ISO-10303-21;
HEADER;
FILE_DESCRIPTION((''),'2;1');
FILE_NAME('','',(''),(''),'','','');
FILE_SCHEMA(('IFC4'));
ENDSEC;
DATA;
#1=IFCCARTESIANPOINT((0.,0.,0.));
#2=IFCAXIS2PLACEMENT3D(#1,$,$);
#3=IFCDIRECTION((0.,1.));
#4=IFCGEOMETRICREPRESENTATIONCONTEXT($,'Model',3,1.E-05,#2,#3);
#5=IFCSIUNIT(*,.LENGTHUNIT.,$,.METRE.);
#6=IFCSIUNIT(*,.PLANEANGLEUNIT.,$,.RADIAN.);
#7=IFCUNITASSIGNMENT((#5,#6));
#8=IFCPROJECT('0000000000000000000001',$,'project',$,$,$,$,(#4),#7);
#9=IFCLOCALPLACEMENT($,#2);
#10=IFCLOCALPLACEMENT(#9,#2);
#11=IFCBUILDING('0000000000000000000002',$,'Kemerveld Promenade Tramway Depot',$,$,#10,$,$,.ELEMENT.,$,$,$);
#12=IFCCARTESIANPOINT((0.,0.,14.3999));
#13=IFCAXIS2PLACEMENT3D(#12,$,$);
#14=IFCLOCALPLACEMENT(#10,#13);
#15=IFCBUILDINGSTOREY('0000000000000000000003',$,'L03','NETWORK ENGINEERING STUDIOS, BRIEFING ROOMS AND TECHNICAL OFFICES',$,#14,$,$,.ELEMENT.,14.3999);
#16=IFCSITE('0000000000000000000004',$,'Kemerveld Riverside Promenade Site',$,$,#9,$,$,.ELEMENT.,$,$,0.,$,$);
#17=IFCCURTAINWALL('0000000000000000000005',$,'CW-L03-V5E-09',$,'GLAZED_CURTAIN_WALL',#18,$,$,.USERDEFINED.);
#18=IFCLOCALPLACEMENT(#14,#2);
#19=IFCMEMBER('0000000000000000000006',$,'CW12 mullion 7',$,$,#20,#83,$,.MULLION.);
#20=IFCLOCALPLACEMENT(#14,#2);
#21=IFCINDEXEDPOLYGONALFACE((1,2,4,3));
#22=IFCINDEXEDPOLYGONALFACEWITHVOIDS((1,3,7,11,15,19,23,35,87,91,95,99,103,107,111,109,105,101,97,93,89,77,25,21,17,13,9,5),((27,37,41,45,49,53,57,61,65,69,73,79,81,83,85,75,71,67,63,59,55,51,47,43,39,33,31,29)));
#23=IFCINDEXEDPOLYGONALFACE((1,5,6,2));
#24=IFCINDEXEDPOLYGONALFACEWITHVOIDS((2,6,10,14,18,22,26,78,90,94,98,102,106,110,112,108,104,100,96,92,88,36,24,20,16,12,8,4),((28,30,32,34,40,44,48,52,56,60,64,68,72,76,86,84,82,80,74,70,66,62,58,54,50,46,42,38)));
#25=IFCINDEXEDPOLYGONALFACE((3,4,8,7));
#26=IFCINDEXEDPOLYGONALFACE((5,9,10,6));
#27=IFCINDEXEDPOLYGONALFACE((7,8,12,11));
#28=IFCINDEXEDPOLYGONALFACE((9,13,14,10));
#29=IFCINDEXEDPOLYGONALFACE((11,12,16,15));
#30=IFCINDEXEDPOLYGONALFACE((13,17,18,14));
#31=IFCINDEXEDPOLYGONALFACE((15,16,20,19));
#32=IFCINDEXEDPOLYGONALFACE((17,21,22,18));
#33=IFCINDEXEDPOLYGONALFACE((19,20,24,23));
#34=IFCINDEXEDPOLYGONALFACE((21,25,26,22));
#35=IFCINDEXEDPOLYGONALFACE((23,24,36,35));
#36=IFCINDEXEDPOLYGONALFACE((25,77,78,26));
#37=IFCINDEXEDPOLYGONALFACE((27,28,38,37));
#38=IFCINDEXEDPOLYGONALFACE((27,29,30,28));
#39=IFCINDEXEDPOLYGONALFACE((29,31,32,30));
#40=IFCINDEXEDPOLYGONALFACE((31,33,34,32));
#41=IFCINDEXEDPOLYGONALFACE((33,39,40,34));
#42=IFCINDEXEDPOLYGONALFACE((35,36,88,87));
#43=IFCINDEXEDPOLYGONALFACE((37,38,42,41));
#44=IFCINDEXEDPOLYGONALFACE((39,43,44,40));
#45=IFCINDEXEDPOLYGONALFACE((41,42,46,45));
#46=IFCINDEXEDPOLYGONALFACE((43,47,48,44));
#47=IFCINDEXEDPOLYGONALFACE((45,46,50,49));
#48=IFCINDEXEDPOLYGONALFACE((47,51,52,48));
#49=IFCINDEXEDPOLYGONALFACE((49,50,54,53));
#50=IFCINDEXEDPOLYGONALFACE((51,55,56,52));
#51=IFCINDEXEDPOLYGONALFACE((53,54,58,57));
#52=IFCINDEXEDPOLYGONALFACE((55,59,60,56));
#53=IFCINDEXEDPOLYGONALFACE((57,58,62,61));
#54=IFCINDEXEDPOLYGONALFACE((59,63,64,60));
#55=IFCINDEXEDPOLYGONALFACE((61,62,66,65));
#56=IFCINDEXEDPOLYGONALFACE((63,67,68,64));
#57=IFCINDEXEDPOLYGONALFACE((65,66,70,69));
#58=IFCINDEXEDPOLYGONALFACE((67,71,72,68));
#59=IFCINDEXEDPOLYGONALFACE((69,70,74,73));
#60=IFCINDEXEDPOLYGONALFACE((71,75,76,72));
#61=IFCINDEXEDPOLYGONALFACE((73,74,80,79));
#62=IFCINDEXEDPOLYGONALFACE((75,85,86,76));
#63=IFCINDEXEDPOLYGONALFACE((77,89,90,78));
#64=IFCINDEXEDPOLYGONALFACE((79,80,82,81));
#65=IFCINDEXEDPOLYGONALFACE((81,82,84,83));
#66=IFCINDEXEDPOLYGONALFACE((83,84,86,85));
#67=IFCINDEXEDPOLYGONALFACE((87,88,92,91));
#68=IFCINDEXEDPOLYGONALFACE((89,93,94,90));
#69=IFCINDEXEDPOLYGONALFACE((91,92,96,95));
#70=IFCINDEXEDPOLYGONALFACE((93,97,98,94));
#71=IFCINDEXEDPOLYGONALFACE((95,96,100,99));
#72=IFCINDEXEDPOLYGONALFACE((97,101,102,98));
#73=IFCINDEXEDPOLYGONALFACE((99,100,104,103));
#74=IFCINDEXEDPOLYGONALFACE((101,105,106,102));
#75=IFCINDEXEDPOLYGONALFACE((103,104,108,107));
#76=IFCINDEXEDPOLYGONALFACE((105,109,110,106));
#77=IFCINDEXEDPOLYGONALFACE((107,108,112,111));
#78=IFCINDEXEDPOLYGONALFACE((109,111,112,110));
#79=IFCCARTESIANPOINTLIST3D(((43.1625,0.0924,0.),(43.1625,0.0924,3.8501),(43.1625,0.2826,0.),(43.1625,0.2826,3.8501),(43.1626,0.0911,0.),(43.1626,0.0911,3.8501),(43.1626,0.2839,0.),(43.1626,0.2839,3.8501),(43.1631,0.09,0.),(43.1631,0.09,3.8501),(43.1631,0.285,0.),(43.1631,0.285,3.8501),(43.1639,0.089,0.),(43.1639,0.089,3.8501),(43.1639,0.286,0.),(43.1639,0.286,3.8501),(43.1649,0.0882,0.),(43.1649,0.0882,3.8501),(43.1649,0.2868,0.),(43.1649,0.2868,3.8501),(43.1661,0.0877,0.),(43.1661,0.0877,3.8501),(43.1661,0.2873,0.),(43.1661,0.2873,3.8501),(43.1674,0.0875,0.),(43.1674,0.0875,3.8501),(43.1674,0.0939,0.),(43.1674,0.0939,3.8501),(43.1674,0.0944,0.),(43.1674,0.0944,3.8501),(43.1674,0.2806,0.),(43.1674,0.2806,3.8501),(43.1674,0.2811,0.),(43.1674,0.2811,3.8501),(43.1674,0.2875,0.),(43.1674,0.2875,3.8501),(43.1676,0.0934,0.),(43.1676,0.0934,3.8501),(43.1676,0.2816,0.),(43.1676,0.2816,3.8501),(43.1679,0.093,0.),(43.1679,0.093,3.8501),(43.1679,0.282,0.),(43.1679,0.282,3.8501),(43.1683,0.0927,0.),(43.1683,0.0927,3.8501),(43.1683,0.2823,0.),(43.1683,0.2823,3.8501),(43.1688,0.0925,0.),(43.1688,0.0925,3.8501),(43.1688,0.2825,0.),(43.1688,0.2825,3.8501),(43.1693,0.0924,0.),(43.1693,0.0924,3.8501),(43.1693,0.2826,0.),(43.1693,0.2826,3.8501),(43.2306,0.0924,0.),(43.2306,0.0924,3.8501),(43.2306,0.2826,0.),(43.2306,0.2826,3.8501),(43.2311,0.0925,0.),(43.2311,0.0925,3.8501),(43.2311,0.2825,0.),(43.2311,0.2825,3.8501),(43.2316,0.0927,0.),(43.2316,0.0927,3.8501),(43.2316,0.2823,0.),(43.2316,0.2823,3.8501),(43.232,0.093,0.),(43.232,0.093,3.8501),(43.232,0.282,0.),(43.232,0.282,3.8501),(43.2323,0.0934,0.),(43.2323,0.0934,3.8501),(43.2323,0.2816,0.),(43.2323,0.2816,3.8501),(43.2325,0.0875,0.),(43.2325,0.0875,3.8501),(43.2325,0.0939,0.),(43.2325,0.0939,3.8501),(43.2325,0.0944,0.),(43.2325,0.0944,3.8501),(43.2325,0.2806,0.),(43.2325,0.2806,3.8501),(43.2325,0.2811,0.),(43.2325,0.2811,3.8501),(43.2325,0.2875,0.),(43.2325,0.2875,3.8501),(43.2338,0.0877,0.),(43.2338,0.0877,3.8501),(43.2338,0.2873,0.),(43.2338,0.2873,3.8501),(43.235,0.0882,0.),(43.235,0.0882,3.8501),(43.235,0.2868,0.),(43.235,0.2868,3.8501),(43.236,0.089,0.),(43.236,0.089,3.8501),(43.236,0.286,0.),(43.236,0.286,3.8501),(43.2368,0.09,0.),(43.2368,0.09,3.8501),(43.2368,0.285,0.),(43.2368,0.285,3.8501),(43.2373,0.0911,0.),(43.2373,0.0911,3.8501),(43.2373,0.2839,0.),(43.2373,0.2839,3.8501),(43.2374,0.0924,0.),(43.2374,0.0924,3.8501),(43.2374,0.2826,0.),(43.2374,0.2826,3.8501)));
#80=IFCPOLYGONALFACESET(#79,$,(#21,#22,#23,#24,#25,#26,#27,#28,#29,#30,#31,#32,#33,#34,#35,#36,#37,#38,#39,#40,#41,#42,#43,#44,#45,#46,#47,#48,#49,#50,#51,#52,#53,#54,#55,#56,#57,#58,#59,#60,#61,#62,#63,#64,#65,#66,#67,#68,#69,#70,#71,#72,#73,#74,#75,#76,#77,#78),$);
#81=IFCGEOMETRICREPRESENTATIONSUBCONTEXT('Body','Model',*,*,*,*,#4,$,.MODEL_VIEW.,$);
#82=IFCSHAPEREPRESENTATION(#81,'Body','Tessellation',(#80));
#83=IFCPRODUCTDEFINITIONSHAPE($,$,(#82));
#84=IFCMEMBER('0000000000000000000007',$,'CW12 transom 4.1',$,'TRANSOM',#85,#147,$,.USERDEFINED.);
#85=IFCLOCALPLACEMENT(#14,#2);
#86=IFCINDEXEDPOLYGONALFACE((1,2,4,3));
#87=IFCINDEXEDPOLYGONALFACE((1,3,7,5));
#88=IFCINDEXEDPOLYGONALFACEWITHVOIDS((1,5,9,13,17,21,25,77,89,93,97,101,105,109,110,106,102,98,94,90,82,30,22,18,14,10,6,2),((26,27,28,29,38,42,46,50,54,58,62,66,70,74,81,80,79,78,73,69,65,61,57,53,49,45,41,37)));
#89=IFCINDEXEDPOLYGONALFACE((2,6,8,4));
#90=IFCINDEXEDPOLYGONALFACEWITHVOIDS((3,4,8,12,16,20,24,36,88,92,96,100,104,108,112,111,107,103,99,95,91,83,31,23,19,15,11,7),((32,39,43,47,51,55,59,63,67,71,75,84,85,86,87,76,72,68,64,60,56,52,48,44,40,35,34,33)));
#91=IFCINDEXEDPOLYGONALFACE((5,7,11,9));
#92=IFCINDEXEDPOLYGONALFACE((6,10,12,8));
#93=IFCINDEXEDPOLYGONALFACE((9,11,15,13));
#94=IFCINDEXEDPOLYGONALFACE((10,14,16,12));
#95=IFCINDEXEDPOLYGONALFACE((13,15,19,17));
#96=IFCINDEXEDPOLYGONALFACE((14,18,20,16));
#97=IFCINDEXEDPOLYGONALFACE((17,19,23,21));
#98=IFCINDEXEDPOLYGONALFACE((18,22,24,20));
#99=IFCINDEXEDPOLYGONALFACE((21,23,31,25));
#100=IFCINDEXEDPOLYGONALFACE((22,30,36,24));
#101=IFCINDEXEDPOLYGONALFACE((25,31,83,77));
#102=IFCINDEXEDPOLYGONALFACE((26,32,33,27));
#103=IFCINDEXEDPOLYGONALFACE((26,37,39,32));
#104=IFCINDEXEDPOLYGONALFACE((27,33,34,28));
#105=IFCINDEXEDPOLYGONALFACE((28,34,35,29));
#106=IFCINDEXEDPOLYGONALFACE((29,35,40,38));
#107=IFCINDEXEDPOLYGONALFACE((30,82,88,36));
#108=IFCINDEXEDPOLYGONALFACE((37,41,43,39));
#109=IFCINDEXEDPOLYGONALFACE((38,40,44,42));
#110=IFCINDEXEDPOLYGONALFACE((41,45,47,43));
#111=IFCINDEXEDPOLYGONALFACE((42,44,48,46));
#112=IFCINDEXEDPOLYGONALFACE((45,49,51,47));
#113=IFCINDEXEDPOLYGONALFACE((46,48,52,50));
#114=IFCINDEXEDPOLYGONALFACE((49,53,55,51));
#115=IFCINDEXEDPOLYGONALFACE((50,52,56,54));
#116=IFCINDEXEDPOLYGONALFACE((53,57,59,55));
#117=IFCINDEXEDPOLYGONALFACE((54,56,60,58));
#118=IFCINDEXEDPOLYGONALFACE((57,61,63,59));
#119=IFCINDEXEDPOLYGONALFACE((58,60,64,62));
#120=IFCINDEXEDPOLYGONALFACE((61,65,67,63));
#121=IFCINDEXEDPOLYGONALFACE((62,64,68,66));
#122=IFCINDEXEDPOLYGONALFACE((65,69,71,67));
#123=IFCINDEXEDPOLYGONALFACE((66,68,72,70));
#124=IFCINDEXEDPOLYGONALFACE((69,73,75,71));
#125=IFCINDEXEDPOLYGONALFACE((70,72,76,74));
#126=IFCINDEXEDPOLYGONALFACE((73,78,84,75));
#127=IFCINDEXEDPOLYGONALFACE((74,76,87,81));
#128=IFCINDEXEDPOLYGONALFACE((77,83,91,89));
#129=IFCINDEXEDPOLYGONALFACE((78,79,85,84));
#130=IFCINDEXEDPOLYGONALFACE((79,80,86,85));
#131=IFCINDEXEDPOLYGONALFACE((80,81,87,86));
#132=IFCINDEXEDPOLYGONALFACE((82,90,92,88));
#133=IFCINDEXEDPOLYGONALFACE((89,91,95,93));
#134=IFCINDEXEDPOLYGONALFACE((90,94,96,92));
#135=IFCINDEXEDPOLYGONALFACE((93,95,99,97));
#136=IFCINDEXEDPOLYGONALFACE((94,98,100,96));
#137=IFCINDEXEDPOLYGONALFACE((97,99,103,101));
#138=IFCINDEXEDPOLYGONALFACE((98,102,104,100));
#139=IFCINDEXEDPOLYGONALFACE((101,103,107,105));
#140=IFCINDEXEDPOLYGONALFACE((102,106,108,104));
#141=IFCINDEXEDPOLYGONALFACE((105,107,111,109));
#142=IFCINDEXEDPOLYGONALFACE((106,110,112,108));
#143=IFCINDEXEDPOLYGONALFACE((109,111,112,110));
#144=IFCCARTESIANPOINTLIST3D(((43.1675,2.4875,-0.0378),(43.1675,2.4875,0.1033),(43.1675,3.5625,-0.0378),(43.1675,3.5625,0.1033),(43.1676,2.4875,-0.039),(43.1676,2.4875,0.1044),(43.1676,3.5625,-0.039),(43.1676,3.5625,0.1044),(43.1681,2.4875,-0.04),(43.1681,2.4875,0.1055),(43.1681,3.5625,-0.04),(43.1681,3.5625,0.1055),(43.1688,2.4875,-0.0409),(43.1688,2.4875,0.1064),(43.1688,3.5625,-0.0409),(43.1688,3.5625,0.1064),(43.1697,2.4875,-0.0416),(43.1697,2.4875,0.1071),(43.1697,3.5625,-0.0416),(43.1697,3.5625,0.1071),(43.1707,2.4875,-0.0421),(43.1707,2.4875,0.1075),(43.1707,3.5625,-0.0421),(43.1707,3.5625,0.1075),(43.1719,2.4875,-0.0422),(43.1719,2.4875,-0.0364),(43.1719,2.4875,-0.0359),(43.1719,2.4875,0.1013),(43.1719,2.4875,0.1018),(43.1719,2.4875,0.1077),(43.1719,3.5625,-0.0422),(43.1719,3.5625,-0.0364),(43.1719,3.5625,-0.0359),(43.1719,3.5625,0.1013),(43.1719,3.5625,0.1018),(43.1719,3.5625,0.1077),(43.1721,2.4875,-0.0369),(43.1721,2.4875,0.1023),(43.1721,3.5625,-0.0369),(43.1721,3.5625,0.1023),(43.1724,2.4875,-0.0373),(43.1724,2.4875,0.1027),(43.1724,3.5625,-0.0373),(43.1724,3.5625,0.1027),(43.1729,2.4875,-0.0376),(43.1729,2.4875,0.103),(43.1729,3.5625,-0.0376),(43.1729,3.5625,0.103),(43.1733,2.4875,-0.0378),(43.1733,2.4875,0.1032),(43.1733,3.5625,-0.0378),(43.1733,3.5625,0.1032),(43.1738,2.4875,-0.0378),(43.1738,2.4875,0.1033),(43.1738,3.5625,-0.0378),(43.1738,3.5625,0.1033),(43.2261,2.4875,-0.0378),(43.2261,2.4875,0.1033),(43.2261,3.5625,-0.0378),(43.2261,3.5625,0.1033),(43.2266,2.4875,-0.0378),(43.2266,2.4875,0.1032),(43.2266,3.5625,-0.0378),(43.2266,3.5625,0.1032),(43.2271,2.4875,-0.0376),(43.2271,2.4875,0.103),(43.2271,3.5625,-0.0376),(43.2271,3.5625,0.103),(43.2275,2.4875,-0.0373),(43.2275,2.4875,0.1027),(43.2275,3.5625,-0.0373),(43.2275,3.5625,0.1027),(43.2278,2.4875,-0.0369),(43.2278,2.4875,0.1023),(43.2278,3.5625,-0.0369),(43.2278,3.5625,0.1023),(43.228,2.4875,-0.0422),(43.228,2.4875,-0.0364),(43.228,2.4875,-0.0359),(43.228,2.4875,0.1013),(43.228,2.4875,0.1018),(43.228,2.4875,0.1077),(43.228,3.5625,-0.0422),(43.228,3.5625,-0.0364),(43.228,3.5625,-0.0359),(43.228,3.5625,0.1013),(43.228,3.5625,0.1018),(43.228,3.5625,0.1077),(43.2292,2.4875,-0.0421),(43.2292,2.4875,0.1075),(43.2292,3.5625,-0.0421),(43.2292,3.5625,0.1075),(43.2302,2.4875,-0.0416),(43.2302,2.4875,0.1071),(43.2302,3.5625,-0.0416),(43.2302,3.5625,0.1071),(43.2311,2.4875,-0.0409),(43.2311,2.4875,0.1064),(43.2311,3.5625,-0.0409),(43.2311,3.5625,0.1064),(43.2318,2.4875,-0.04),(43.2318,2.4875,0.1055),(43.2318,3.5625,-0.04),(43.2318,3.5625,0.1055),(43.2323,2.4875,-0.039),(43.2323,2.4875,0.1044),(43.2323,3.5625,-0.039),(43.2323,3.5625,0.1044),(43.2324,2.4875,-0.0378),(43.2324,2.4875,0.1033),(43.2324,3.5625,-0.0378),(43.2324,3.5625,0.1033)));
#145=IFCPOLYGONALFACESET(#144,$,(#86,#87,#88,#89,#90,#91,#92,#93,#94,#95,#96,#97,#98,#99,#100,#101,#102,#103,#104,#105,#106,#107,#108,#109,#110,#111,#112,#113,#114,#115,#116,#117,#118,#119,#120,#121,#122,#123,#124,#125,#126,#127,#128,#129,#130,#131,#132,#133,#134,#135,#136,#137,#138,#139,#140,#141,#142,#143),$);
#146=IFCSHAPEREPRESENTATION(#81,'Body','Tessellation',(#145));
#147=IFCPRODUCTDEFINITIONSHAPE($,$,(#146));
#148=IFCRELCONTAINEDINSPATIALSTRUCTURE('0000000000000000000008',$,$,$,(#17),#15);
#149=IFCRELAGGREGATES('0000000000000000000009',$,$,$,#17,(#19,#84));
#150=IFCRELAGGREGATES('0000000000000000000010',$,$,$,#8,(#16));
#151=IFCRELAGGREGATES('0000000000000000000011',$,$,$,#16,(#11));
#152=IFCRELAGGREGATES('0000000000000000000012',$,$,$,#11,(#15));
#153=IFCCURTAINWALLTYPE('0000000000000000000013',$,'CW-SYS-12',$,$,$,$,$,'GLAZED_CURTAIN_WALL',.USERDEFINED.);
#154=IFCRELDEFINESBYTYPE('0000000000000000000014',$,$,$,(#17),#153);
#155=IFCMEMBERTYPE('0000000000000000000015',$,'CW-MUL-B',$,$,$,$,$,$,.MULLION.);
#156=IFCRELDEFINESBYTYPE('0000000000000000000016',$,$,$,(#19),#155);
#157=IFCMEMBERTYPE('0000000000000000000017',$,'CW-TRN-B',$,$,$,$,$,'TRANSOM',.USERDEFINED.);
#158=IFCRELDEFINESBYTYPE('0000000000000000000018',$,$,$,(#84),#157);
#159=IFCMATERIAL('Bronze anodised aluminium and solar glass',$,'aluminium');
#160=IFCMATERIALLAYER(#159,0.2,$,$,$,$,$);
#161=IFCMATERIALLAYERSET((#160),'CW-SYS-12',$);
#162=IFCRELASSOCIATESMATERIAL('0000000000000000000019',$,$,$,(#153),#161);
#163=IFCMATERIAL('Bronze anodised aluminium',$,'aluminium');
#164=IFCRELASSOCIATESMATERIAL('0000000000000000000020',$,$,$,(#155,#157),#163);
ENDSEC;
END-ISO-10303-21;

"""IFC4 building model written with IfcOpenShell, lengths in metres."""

from ifc_helpers import new_model, si_unit, direction, frame, origin, origin_2d, place, context, subcontext, project, spatial, hollow_rectangle, extrude, material, layer, layer_set, material_profile, profile_set, type_object, element, aggregate, save


model = new_model("IFC4")

# Units and contexts
model_context = context("Model", 3, precision=1e-05, world=origin(), true_north=direction((0.0, 1.0)))
body_context = subcontext(model_context, "Body", "Model", "MODEL_VIEW")
ifc_project = project(units=[si_unit("LENGTHUNIT", "METRE"), si_unit("PLANEANGLEUNIT", "RADIAN")], contexts=[model_context])

# Site, building, storey
site_placement = place(None, origin())
site = spatial("IfcSite", under=ifc_project, at=site_placement, Name="Kemerveld Riverside Promenade Site", CompositionType="ELEMENT", RefElevation=0.0)
building_placement = place(site_placement, origin())
building = spatial("IfcBuilding", under=site, at=building_placement, Name="Kemerveld Promenade Tramway Depot", CompositionType="ELEMENT")
storey_placement = place(building_placement, frame((0.0, 0.0, 14.3999)))
storey = spatial("IfcBuildingStorey", under=building, at=storey_placement, Name="L03", Description="NETWORK ENGINEERING STUDIOS, BRIEFING ROOMS AND TECHNICAL OFFICES", CompositionType="ELEMENT", Elevation=14.3999)

# Curtain wall, members
ifc_material_1 = material(Name="Bronze anodised aluminium and solar glass", Category="aluminium")
ifc_layer_1 = layer(ifc_material_1, 0.2)
ifc_layer_set_1 = layer_set([ifc_layer_1], Name="CW-SYS-12")
curtain_wall_type = type_object("IfcCurtainWallType", Name="CW-SYS-12", ElementType="GLAZED_CURTAIN_WALL", PredefinedType="USERDEFINED", material=ifc_layer_set_1)
curtain_wall_placement = place(storey_placement, origin())
curtain_wall = element("IfcCurtainWall", 1, at=curtain_wall_placement, inside=storey, type_object=curtain_wall_type, Name="CW-L03-V5E-09", ObjectType="GLAZED_CURTAIN_WALL", PredefinedType="USERDEFINED")
ifc_material_2 = material(Name="Bronze anodised aluminium", Category="aluminium")
ifc_material_profile_1 = material_profile(ifc_material_2, hollow_rectangle(XDim=0.075, YDim=0.2, WallThickness=0.0049, InnerFilletRadius=0.002, OuterFilletRadius=0.0049, at=origin_2d()), Name="CW-MUL-200x75")
ifc_profile_set_1 = profile_set([ifc_material_profile_1], Name="Bronze anodised aluminium")
member_type_1 = type_object("IfcMemberType", Name="CW-MUL-B", PredefinedType="MULLION", material=ifc_profile_set_1)
member_1_placement = place(storey_placement, frame((43.2, 0.1875, 0.0), z_axis=(0.0, 0.0, 1.0), x_axis=(1.0, 0.0, 0.0)))
member_1 = element("IfcMember", 2, at=member_1_placement, type_object=member_type_1, Name="CW12 mullion 7", PredefinedType="MULLION", context=body_context, shape_type="SweptSolid", body=[
    extrude(hollow_rectangle(XDim=0.075, YDim=0.2, WallThickness=0.0049, InnerFilletRadius=0.002, OuterFilletRadius=0.0049, at=origin_2d()), origin(), (0.0, 0.0, 1.0), 3.8501),
])
ifc_material_profile_2 = material_profile(ifc_material_2, hollow_rectangle(XDim=0.0649, YDim=0.1499, WallThickness=0.0044, InnerFilletRadius=0.002, OuterFilletRadius=0.0044, at=origin_2d()), Name="CW-TRN-150x65")
ifc_profile_set_2 = profile_set([ifc_material_profile_2], Name="Bronze anodised aluminium")
member_type_2 = type_object("IfcMemberType", Name="CW-TRN-B", ElementType="TRANSOM", PredefinedType="USERDEFINED", material=ifc_profile_set_2)
member_2_placement = place(storey_placement, frame((43.2, 3.5625, 0.0327), z_axis=(0.0, -1.0, 0.0), x_axis=(1.0, 0.0, 0.0)))
member_2 = element("IfcMember", 3, at=member_2_placement, type_object=member_type_2, Name="CW12 transom 4.1", ObjectType="TRANSOM", PredefinedType="USERDEFINED", context=body_context, shape_type="SweptSolid", body=[
    extrude(hollow_rectangle(XDim=0.0649, YDim=0.1499, WallThickness=0.0044, InnerFilletRadius=0.002, OuterFilletRadius=0.0044, at=origin_2d()), origin(), (0.0, 0.0, 1.0), 1.075),
])
aggregate(curtain_wall, [member_1, member_2])

save(model, "model.ifc")
